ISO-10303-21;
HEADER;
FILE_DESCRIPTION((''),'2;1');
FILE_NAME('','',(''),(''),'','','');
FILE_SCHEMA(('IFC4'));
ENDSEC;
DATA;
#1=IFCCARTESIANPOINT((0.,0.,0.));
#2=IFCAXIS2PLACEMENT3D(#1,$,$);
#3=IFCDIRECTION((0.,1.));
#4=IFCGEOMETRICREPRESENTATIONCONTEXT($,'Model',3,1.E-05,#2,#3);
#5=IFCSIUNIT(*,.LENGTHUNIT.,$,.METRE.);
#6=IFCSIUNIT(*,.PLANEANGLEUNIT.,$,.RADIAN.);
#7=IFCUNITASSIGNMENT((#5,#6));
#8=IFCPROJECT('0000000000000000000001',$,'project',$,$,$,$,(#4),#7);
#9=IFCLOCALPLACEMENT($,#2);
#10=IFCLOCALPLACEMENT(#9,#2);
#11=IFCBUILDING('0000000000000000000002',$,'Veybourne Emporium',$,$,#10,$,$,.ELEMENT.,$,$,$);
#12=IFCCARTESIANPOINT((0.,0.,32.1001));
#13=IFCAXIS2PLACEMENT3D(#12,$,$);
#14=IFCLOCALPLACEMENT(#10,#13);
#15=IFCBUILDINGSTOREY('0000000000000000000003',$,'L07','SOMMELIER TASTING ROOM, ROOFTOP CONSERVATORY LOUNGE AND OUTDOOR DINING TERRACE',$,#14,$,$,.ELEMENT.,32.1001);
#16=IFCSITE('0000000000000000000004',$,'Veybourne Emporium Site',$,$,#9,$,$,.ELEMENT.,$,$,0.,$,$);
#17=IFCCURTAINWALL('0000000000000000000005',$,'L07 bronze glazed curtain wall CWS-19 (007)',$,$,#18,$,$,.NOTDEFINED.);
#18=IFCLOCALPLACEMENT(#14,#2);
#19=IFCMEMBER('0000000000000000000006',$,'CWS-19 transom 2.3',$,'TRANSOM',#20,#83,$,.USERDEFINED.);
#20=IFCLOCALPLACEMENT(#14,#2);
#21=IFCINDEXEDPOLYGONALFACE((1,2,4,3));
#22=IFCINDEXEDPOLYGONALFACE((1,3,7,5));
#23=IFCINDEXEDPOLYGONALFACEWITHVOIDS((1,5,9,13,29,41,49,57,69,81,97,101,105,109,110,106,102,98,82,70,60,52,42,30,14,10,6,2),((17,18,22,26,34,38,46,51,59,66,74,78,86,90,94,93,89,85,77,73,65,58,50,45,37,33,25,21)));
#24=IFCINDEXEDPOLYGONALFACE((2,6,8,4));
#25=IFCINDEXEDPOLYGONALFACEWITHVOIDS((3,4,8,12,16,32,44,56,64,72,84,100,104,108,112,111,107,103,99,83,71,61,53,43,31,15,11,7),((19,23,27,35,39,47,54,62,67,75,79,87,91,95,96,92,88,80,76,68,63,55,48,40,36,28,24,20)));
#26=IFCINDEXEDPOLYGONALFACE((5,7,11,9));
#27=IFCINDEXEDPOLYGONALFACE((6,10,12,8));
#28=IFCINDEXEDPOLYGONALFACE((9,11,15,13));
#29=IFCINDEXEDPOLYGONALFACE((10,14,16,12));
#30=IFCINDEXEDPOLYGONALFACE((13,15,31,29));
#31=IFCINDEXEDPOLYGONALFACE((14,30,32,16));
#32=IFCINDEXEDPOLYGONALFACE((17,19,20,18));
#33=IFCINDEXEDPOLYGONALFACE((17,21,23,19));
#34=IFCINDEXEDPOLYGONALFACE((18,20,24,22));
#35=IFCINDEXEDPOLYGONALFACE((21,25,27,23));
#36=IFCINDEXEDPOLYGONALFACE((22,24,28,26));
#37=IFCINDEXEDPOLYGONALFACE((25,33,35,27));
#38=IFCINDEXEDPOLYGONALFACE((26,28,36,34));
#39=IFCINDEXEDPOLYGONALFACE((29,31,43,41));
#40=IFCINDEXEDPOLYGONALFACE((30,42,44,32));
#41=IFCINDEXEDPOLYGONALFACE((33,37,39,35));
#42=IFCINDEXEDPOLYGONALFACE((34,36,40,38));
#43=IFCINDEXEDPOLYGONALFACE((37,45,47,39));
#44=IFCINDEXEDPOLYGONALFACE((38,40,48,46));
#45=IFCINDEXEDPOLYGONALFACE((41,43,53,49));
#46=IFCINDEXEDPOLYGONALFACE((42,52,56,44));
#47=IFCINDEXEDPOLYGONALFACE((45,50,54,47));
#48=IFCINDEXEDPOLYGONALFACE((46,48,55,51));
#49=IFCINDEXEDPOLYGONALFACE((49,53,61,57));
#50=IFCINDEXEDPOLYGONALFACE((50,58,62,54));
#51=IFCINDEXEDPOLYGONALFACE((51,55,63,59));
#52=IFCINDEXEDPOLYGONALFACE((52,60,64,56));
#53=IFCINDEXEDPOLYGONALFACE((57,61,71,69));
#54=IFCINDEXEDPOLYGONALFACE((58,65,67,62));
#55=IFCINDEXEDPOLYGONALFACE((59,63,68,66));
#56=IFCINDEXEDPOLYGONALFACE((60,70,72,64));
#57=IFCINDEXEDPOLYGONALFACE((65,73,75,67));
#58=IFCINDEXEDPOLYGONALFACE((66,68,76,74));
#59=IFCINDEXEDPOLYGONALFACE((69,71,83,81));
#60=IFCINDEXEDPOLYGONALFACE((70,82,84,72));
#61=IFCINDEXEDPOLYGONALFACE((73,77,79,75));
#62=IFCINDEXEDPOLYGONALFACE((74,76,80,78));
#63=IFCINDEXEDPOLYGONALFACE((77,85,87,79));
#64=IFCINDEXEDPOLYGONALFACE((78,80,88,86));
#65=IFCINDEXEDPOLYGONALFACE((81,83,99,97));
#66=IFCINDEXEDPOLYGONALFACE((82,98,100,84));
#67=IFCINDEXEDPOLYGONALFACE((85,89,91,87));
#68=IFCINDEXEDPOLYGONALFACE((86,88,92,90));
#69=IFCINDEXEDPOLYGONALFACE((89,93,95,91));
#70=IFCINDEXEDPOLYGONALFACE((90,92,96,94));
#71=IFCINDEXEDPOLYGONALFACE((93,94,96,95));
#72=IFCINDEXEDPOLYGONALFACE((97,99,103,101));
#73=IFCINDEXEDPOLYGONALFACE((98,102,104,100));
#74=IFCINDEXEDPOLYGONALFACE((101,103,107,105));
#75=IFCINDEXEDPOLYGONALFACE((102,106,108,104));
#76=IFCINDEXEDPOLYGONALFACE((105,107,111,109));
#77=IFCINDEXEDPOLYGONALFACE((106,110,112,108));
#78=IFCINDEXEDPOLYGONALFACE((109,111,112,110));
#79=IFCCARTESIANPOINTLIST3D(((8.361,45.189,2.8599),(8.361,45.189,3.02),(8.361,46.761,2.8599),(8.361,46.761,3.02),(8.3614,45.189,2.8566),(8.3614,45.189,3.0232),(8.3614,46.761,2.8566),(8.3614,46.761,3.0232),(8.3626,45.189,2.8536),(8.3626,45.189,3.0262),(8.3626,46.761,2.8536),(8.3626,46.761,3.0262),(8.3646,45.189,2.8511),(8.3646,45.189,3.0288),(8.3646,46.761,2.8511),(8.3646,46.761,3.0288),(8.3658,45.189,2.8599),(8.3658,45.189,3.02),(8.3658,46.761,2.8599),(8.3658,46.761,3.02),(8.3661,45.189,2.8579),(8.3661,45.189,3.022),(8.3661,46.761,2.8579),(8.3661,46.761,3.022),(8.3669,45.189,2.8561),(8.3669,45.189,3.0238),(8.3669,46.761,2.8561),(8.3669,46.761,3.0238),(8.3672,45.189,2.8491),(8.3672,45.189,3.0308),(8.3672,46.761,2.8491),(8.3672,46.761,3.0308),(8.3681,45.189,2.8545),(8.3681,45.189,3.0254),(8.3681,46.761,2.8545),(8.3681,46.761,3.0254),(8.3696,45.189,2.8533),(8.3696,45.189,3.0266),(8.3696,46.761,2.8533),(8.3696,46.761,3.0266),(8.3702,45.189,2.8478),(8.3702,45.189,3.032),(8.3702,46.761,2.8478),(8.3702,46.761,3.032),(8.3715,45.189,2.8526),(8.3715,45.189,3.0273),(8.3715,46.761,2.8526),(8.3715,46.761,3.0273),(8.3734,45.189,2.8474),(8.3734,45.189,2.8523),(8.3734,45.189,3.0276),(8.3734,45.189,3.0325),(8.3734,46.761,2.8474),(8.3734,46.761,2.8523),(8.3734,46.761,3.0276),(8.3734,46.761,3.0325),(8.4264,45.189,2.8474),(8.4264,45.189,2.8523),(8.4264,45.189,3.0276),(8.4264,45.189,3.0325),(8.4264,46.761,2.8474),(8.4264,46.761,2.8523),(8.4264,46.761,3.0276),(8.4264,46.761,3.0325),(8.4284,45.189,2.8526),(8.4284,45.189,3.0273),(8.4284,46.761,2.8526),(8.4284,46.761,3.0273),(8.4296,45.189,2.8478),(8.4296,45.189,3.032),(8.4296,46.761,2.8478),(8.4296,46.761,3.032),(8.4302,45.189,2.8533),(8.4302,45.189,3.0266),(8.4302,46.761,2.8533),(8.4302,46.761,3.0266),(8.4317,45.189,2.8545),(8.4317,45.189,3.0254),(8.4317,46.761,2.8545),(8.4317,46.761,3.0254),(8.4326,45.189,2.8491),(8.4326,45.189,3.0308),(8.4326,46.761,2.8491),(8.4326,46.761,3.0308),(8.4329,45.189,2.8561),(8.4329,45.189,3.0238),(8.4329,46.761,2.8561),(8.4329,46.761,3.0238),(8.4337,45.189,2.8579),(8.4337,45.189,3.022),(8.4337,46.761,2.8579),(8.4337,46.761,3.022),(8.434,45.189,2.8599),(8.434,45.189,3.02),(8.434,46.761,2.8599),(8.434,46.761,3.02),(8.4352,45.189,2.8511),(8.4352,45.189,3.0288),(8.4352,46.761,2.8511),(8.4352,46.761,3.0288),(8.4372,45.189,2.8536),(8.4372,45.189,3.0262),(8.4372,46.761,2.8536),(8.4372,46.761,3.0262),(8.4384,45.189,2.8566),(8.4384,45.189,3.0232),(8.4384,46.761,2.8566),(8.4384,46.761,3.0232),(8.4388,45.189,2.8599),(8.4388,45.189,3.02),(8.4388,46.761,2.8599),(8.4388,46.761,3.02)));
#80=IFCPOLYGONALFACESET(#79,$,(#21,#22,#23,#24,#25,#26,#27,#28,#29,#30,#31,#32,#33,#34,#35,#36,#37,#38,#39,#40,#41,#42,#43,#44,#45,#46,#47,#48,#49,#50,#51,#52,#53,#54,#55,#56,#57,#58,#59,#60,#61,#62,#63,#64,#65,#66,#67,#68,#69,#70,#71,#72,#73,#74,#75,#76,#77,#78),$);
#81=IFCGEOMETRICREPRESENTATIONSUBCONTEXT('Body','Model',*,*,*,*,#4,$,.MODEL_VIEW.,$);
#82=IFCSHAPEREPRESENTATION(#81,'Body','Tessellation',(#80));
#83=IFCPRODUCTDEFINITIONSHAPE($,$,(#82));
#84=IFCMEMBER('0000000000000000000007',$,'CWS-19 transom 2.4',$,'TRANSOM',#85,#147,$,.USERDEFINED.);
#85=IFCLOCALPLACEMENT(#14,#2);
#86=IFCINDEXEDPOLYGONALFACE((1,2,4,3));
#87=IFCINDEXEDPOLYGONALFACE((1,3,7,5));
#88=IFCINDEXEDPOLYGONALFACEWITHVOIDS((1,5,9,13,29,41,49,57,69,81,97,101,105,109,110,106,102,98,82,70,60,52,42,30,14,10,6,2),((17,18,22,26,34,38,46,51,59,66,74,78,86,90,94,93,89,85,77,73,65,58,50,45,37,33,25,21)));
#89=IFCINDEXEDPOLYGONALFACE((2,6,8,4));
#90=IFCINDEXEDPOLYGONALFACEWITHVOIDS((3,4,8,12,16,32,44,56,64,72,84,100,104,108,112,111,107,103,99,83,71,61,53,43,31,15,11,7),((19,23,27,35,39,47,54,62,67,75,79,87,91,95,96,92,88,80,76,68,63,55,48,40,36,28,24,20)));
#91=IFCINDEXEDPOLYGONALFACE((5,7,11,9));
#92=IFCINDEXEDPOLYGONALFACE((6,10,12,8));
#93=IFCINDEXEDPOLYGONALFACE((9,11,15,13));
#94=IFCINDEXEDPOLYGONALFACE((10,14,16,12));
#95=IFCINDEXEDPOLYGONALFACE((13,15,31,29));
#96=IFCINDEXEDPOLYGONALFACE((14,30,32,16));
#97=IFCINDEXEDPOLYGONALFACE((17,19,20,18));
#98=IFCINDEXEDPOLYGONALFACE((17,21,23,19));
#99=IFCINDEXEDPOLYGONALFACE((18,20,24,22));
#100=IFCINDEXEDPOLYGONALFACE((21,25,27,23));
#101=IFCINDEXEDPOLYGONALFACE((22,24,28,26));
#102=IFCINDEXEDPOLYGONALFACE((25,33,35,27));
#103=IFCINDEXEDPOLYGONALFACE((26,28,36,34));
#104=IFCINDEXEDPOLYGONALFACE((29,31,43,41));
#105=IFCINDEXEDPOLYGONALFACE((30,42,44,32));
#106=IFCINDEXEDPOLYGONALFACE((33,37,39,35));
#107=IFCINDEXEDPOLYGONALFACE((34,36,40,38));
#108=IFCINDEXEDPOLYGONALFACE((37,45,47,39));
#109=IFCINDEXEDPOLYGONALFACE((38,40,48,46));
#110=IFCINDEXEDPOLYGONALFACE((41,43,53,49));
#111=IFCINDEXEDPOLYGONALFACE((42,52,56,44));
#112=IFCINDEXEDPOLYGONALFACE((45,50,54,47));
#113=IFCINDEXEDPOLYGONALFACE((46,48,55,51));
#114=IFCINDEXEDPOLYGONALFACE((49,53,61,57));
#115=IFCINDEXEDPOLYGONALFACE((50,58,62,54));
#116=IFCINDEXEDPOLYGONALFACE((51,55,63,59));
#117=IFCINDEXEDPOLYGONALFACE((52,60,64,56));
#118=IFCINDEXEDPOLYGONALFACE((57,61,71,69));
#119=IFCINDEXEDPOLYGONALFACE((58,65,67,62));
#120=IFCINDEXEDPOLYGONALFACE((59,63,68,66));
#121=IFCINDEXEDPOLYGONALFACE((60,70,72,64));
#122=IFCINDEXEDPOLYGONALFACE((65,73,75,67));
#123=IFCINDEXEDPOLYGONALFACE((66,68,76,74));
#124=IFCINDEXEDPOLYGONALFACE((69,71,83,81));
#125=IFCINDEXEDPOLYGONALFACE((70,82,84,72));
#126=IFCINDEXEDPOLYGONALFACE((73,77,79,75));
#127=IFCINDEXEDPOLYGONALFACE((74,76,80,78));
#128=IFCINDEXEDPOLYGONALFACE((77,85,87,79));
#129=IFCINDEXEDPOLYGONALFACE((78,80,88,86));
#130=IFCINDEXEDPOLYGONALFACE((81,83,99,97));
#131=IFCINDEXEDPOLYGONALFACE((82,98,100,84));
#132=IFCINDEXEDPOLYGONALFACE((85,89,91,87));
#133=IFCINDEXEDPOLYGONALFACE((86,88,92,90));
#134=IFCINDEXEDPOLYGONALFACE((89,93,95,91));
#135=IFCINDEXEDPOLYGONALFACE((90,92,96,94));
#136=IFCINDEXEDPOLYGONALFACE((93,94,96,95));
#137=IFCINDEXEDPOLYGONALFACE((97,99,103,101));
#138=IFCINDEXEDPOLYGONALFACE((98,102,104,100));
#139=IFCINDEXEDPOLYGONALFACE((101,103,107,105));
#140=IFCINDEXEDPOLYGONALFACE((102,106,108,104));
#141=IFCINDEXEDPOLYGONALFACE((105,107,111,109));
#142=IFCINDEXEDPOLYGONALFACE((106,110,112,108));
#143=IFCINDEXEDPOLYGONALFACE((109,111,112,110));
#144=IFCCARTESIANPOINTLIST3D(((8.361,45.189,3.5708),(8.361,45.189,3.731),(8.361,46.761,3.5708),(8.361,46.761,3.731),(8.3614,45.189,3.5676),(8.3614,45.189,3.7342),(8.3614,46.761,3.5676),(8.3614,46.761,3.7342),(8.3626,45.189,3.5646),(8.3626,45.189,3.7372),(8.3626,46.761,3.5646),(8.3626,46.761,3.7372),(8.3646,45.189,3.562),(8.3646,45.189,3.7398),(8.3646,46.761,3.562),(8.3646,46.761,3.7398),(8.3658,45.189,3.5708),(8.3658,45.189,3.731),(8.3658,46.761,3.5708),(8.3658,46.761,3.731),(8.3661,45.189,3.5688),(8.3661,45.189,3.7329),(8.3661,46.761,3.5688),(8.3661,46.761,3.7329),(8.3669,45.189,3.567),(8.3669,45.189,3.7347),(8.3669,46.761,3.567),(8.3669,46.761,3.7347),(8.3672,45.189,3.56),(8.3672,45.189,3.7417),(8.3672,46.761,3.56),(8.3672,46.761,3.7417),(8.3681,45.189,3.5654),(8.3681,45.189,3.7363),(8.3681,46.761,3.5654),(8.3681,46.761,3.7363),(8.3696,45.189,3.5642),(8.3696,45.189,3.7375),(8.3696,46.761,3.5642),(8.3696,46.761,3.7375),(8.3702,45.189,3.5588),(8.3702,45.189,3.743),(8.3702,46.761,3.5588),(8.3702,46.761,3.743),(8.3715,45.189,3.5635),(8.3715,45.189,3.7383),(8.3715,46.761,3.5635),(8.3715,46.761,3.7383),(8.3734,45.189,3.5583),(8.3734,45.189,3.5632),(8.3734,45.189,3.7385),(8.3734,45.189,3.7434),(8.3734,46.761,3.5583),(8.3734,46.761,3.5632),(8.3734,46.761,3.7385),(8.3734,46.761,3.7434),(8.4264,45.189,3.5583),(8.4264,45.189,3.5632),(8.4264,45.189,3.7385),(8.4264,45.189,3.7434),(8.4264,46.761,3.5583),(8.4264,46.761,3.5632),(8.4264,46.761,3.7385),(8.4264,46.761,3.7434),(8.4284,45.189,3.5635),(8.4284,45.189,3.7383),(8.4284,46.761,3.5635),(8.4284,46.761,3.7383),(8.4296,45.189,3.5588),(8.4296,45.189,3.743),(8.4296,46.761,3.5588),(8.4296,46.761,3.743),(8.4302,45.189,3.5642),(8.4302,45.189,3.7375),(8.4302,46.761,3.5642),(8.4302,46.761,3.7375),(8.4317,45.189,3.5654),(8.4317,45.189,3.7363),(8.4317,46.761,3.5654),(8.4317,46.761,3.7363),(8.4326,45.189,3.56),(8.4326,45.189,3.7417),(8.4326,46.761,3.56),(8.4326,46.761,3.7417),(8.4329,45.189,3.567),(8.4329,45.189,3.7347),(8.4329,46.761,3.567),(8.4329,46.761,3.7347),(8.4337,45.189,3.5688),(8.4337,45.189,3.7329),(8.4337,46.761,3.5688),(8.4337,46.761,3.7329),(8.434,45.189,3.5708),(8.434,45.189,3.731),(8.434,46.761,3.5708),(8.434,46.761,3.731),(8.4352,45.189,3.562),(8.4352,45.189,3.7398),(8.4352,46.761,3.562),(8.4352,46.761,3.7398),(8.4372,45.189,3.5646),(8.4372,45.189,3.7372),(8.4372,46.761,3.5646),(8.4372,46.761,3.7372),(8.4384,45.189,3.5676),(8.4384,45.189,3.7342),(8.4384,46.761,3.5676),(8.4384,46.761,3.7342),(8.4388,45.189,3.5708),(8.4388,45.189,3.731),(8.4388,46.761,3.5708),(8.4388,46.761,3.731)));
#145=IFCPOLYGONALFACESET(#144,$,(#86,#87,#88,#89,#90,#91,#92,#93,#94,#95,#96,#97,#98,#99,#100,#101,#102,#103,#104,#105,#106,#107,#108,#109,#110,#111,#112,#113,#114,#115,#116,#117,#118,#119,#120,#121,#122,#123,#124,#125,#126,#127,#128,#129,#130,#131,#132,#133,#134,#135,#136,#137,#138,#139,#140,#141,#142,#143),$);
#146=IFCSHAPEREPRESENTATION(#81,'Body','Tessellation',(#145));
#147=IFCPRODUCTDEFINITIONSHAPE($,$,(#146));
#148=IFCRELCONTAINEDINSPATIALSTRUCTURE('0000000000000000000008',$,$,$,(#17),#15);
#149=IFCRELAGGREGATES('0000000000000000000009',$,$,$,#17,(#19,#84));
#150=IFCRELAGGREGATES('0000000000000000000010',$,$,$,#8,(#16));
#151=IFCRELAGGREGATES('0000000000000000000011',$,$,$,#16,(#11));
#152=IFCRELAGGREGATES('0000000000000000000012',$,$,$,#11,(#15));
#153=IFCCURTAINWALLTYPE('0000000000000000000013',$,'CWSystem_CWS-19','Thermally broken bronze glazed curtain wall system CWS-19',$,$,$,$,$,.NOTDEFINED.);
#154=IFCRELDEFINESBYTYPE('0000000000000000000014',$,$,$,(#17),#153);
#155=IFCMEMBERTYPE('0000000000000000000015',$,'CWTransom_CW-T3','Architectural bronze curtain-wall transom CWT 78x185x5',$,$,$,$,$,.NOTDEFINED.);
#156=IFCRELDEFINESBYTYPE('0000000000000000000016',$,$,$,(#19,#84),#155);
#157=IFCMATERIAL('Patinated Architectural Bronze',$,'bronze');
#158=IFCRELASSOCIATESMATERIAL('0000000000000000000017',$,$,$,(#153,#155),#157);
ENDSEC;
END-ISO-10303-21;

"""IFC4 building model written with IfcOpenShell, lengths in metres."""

from ifc_helpers import new_model, si_unit, direction, frame, origin, origin_2d, place, context, subcontext, project, spatial, hollow_rectangle, extrude, material, material_profile, profile_set, type_object, element, aggregate, save


model = new_model("IFC4")

# Units and contexts
model_context = context("Model", 3, precision=1e-05, world=origin(), true_north=direction((0.0, 1.0)))
body_context = subcontext(model_context, "Body", "Model", "MODEL_VIEW")
ifc_project = project(units=[si_unit("LENGTHUNIT", "METRE"), si_unit("PLANEANGLEUNIT", "RADIAN")], contexts=[model_context])

# Site, building, storey
site_placement = place(None, origin())
site = spatial("IfcSite", under=ifc_project, at=site_placement, Name="Veybourne Emporium Site", CompositionType="ELEMENT", RefElevation=0.0)
building_placement = place(site_placement, origin())
building = spatial("IfcBuilding", under=site, at=building_placement, Name="Veybourne Emporium", CompositionType="ELEMENT")
storey_placement = place(building_placement, frame((0.0, 0.0, 32.1001)))
storey = spatial("IfcBuildingStorey", under=building, at=storey_placement, Name="L07", Description="SOMMELIER TASTING ROOM, ROOFTOP CONSERVATORY LOUNGE AND OUTDOOR DINING TERRACE", CompositionType="ELEMENT", Elevation=32.1001)

# Curtain wall, members
ifc_material_1 = material(Name="Patinated Architectural Bronze", Category="bronze")
curtain_wall_type = type_object("IfcCurtainWallType", Name="CWSystem_CWS-19", Description="Thermally broken bronze glazed curtain wall system CWS-19", PredefinedType="NOTDEFINED", material=ifc_material_1)
curtain_wall_placement = place(storey_placement, origin())
curtain_wall = element("IfcCurtainWall", 1, at=curtain_wall_placement, inside=storey, type_object=curtain_wall_type, Name="L07 bronze glazed curtain wall CWS-19 (007)", PredefinedType="NOTDEFINED")
ifc_material_profile_1 = material_profile(ifc_material_1, hollow_rectangle(XDim=0.0779, YDim=0.1851, WallThickness=0.0049, InnerFilletRadius=0.0076, OuterFilletRadius=0.0125, at=origin_2d()), Name="CWT 78x185x5")
ifc_profile_set_1 = profile_set([ifc_material_profile_1], Name="Patinated Architectural Bronze")
member_type_1 = type_object("IfcMemberType", Name="CWTransom_CW-T3", Description="Architectural bronze curtain-wall transom CWT 78x185x5", PredefinedType="NOTDEFINED", material=ifc_profile_set_1)
member_1_placement = place(storey_placement, frame((8.3999, 45.189, 2.9399), z_axis=(0.0, 1.0, 0.0), x_axis=(-1.0, 0.0, 0.0)))
member_1 = element("IfcMember", 2, at=member_1_placement, type_object=member_type_1, Name="CWS-19 transom 2.3", ObjectType="TRANSOM", PredefinedType="USERDEFINED", context=body_context, shape_type="SweptSolid", body=[
    extrude(hollow_rectangle(XDim=0.0779, YDim=0.1851, WallThickness=0.0049, InnerFilletRadius=0.0076, OuterFilletRadius=0.0125, at=origin_2d()), origin(), (0.0, 0.0, 1.0), 1.572),
])
member_2_placement = place(storey_placement, frame((8.3999, 45.189, 3.6509), z_axis=(0.0, 1.0, 0.0), x_axis=(-1.0, 0.0, 0.0)))
member_2 = element("IfcMember", 3, at=member_2_placement, type_object=member_type_1, Name="CWS-19 transom 2.4", ObjectType="TRANSOM", PredefinedType="USERDEFINED", context=body_context, shape_type="SweptSolid", body=[
    extrude(hollow_rectangle(XDim=0.0779, YDim=0.1851, WallThickness=0.0049, InnerFilletRadius=0.0076, OuterFilletRadius=0.0125, at=origin_2d()), origin(), (0.0, 0.0, 1.0), 1.572),
])

aggregate(curtain_wall, [member_1, member_2])

save(model, "model.ifc")
